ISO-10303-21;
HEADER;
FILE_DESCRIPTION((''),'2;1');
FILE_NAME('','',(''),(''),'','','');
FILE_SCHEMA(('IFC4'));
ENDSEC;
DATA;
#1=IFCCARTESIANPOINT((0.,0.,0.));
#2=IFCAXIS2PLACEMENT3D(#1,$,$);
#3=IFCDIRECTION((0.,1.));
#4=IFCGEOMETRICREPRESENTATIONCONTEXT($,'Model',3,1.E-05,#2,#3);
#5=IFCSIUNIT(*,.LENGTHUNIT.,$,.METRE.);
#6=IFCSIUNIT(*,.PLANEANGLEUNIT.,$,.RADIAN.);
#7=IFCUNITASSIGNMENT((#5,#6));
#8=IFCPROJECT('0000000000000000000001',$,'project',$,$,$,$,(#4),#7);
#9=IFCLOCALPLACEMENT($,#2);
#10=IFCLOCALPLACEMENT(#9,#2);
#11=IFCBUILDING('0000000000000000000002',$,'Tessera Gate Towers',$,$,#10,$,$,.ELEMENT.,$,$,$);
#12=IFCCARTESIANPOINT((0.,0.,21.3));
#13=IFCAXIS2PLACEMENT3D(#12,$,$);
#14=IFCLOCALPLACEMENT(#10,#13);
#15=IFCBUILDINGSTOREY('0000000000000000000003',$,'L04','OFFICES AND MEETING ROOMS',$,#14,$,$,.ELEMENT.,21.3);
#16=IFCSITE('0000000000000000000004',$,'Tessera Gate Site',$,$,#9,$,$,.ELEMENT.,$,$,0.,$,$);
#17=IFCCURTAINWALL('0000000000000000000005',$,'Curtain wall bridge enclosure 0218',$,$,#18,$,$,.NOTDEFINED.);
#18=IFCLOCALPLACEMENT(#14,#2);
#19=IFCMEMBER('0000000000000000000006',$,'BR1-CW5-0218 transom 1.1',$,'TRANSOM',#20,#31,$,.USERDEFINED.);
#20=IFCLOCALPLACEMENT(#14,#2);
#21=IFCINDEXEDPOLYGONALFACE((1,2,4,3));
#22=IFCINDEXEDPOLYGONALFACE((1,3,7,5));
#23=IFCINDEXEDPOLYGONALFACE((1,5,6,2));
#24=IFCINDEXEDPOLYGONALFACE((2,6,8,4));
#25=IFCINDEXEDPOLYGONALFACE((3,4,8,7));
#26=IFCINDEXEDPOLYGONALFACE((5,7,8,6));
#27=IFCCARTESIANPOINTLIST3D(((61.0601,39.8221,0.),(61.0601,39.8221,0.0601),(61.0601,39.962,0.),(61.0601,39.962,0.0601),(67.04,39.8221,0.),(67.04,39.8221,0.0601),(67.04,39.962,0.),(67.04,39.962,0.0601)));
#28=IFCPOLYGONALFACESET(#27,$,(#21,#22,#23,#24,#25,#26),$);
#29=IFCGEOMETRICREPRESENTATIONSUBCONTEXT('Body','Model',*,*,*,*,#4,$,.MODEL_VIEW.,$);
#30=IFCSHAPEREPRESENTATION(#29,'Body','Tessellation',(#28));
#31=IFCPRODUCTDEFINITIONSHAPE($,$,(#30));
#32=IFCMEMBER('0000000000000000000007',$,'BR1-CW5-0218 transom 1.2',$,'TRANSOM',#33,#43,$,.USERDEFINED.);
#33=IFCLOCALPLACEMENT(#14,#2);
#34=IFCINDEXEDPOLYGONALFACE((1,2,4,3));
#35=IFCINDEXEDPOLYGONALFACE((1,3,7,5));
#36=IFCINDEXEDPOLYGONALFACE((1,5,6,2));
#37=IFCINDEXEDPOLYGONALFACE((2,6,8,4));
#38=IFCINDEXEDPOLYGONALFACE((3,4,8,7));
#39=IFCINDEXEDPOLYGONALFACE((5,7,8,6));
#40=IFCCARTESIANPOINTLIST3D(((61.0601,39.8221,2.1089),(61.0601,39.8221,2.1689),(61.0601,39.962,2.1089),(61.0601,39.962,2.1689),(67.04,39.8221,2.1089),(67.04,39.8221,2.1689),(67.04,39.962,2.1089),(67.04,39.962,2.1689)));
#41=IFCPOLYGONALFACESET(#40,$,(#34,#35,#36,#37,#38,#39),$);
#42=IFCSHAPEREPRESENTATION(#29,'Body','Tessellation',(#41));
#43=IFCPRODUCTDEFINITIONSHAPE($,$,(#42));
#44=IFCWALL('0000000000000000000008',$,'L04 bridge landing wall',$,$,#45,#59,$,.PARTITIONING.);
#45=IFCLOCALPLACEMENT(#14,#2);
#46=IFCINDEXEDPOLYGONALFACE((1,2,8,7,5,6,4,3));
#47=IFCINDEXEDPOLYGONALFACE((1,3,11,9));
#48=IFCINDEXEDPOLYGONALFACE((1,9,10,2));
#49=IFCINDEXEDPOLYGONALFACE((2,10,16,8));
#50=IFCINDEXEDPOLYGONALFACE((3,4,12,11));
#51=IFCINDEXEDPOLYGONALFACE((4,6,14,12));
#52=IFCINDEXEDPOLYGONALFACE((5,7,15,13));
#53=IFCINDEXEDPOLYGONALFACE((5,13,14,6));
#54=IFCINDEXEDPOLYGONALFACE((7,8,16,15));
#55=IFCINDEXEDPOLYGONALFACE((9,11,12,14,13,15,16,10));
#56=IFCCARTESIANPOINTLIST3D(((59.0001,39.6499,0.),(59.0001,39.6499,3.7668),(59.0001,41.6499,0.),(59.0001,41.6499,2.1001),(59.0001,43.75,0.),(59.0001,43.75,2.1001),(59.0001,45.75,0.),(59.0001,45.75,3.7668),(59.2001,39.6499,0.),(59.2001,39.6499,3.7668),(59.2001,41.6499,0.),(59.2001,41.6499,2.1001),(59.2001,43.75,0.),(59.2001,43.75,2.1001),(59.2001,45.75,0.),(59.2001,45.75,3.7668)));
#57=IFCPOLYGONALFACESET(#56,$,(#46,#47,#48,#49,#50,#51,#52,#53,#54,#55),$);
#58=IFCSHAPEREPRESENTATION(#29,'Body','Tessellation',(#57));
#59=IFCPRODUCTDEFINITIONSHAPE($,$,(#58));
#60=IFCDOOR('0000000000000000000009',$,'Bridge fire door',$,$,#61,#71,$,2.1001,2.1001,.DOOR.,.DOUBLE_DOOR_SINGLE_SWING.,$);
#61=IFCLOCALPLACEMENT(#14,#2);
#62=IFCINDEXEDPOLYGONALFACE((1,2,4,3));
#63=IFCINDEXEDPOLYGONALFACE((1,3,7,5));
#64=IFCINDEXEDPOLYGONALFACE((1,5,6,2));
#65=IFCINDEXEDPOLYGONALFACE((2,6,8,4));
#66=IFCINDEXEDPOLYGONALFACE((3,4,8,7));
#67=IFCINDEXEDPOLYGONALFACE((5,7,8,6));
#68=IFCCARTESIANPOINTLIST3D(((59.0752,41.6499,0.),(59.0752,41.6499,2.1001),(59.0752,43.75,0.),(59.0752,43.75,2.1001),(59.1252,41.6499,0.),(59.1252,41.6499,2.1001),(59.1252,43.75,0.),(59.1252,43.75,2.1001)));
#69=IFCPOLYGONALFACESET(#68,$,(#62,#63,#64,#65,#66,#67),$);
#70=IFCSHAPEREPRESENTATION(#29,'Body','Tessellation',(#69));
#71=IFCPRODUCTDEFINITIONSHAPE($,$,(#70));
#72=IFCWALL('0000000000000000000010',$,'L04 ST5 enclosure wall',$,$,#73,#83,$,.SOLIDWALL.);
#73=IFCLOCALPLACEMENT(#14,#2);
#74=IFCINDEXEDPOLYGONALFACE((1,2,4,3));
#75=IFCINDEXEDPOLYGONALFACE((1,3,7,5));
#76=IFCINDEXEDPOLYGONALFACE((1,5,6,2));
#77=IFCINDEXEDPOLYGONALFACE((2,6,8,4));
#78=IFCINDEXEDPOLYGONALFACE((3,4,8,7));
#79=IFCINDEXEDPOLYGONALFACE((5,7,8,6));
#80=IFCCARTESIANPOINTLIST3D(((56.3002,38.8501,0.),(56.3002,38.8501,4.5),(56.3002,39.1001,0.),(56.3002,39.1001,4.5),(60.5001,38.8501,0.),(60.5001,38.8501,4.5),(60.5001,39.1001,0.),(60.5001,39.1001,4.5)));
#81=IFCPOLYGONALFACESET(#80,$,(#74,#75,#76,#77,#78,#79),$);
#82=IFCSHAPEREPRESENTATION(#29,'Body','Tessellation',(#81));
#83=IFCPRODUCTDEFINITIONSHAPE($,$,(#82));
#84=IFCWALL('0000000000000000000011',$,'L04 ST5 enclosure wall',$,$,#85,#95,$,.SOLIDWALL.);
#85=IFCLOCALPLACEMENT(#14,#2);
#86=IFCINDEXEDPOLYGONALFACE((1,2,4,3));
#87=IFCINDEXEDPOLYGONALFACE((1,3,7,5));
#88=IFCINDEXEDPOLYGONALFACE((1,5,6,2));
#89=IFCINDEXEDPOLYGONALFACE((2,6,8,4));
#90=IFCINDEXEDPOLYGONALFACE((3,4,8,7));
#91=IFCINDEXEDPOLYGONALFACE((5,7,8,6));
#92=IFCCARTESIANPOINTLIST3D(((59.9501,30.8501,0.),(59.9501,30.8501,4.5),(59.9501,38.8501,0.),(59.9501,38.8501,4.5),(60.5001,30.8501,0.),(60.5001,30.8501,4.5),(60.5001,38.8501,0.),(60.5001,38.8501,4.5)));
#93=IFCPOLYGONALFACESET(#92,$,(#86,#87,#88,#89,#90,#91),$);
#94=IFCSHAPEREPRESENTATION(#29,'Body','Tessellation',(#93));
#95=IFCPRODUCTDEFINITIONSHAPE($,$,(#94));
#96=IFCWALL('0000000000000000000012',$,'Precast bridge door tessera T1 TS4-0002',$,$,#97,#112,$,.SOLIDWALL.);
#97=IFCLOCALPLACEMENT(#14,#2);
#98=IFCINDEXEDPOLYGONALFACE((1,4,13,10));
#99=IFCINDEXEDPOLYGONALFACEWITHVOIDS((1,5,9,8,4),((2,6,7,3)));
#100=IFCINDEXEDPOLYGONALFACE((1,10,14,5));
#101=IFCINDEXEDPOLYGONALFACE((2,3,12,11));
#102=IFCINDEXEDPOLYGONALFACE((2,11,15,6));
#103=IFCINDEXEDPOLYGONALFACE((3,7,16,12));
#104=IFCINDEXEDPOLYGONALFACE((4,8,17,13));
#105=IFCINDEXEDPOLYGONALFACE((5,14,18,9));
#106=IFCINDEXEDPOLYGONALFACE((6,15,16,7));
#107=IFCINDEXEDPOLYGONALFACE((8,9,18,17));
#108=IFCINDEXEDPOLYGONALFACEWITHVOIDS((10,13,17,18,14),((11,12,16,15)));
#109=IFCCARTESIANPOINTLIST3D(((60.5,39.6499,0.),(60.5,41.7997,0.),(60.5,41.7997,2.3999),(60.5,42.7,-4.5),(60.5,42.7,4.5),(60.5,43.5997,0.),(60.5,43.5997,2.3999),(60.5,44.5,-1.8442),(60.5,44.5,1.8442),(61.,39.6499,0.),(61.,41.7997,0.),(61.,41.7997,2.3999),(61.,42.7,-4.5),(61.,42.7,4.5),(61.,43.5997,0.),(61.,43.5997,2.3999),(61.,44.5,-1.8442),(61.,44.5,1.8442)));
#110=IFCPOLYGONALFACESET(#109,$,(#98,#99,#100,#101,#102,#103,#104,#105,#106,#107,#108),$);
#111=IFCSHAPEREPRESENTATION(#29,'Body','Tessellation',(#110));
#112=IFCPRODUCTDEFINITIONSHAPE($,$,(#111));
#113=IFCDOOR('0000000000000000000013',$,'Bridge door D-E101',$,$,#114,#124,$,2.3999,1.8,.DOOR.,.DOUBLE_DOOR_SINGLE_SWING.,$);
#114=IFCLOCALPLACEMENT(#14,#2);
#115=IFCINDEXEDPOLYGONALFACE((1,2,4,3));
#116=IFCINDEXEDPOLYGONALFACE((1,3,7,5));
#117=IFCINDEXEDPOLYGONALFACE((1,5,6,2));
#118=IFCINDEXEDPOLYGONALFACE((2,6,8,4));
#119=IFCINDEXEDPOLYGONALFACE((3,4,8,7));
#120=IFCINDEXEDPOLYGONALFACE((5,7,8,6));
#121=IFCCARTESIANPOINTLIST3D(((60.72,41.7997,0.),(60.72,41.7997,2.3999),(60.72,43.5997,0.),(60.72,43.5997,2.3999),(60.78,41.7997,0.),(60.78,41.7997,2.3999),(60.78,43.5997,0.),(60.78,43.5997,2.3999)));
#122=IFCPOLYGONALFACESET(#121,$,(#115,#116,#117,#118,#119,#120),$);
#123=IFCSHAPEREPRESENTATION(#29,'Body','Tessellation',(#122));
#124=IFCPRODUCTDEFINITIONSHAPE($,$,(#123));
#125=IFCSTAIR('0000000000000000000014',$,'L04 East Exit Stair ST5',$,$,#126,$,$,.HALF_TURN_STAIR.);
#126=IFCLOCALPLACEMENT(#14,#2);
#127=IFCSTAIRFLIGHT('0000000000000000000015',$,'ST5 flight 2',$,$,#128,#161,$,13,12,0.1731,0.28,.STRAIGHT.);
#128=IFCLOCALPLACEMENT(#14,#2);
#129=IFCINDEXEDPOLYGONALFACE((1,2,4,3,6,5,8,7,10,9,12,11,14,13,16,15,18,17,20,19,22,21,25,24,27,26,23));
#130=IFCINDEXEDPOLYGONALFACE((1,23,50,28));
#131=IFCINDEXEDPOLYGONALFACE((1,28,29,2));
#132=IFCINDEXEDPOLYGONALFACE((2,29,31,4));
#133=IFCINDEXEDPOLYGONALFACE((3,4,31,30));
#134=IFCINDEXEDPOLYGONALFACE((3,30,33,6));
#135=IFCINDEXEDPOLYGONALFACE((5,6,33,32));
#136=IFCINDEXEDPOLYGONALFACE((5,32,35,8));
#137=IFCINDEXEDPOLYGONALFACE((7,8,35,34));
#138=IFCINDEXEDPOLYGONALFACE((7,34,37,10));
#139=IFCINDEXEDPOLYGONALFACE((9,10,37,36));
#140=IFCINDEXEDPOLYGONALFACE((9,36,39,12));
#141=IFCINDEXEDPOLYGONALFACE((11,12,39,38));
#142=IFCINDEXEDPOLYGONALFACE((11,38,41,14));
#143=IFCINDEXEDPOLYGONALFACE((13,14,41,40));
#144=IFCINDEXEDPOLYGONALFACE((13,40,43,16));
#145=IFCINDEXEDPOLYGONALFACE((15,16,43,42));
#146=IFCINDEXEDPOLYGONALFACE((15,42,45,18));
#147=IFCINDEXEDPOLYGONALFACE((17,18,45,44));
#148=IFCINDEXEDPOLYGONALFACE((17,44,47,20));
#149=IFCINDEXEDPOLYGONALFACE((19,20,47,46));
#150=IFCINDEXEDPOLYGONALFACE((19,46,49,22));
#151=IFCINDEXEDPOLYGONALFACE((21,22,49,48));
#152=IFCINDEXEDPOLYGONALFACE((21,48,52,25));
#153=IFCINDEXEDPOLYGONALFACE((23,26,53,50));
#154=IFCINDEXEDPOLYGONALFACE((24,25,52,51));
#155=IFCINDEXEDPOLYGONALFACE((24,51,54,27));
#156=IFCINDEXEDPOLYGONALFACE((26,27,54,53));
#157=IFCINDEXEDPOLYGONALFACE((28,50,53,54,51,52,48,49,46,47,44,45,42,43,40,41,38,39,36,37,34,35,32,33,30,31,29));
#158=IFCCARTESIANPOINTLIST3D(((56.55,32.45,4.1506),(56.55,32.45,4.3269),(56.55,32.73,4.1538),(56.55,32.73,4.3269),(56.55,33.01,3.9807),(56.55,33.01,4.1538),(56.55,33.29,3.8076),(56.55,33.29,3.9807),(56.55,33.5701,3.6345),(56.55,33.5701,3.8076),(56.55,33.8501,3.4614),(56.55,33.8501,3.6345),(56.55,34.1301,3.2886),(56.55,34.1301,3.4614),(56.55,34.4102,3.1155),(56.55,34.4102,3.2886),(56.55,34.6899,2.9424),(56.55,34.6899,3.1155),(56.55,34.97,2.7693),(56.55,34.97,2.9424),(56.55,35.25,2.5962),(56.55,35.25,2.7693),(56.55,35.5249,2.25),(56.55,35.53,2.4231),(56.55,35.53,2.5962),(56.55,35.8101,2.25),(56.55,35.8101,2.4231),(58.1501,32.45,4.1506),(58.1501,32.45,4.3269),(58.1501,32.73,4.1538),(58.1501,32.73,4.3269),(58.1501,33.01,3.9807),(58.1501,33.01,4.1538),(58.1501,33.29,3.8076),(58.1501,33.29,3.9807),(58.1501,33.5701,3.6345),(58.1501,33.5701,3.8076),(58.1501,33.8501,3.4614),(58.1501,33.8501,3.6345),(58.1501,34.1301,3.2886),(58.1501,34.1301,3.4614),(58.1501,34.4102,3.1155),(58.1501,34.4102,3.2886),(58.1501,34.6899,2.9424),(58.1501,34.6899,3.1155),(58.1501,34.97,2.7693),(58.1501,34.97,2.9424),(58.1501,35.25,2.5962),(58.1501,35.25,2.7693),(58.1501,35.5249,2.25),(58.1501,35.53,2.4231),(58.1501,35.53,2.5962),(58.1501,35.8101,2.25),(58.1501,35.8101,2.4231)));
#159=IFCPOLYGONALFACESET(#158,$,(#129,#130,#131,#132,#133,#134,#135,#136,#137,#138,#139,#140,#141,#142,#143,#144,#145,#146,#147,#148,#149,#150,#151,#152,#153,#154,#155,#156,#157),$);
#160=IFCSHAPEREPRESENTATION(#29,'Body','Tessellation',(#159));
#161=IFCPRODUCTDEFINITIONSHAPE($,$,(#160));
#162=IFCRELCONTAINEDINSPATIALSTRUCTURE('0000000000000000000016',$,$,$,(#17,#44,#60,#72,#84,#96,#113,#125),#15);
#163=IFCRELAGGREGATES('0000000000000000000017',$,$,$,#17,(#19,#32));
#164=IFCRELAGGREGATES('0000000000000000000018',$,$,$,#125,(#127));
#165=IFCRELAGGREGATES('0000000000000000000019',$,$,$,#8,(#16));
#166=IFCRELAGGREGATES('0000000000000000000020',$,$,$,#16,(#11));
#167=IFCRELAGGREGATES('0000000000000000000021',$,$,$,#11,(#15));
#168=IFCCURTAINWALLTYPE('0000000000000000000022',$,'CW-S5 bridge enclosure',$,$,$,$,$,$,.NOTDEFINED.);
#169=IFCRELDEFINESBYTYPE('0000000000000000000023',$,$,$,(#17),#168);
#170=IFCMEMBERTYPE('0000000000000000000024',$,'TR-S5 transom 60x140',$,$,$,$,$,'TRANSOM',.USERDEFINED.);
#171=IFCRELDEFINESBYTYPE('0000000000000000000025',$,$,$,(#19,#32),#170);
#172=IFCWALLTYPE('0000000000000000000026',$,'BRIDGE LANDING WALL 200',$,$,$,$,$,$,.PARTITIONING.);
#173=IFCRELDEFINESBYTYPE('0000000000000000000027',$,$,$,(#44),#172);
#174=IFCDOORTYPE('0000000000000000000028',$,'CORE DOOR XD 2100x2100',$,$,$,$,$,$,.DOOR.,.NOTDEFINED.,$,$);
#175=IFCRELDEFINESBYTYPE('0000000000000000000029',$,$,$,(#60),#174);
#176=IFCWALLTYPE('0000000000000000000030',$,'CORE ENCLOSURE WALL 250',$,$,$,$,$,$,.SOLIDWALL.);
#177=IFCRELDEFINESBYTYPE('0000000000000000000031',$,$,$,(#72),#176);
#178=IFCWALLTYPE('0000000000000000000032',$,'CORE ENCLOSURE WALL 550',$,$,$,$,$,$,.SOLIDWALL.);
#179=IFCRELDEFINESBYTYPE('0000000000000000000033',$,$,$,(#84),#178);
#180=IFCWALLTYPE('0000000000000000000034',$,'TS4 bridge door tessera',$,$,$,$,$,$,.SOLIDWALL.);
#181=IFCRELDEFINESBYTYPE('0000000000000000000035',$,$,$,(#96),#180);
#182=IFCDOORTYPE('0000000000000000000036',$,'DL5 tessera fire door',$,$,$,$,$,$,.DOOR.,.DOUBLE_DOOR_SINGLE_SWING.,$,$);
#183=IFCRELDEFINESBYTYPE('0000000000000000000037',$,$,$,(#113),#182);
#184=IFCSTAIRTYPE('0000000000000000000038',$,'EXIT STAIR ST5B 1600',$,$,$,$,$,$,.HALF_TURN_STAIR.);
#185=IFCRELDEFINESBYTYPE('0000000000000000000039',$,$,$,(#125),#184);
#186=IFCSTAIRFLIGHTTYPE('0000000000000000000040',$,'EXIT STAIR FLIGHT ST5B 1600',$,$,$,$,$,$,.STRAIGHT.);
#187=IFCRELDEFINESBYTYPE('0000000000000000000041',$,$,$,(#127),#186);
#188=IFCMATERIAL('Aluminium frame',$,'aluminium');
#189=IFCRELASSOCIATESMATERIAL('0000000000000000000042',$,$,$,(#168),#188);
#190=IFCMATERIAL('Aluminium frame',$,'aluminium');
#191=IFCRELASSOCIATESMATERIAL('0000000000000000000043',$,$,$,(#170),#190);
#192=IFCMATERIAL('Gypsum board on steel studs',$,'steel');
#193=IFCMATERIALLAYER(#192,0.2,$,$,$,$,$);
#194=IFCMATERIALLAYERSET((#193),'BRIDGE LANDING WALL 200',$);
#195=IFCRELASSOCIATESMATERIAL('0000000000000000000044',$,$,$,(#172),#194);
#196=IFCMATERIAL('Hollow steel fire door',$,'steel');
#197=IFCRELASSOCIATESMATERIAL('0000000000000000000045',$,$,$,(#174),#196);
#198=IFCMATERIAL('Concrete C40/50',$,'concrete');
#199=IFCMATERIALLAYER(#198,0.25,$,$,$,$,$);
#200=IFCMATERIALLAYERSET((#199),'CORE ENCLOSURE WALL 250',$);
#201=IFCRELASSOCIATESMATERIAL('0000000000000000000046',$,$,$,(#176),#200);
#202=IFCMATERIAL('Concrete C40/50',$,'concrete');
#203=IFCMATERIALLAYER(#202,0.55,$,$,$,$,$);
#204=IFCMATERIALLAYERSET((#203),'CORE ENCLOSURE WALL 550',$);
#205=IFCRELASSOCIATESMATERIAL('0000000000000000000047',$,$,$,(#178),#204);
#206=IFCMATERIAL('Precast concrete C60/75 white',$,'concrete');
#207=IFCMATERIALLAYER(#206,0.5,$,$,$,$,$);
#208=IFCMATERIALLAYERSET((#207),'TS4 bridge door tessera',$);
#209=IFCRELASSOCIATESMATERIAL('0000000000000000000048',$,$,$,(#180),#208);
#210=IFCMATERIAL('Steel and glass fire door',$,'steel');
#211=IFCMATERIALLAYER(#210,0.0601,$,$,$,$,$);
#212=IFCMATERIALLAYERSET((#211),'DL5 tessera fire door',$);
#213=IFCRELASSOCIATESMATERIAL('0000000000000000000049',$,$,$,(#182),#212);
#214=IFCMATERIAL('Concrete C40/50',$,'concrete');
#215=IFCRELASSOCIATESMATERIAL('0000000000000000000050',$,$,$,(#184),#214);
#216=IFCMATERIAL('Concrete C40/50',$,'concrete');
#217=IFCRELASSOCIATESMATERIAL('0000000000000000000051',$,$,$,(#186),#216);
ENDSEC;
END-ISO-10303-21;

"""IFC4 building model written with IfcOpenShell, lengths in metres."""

from ifc_helpers import new_model, si_unit, direction, frame, frame_2d, origin, origin_2d, place, context, subcontext, project, spatial, polyline, rectangle, outline, extrude, source, transform, mapped, material, layer, layer_set, material_profile, profile_set, type_object, element, fill, aggregate, save


model = new_model("IFC4")

# Units and contexts
model_context = context("Model", 3, precision=1e-05, world=origin(), true_north=direction((0.0, 1.0)))
body_context = subcontext(model_context, "Body", "Model", "MODEL_VIEW")
ifc_project = project(units=[si_unit("LENGTHUNIT", "METRE"), si_unit("PLANEANGLEUNIT", "RADIAN")], contexts=[model_context])

# Site, building, storey
site_placement = place(None, origin())
site = spatial("IfcSite", under=ifc_project, at=site_placement, Name="Tessera Gate Site", CompositionType="ELEMENT", RefElevation=0.0)
building_placement = place(site_placement, origin())
building = spatial("IfcBuilding", under=site, at=building_placement, Name="Tessera Gate Towers", CompositionType="ELEMENT")
storey_placement = place(building_placement, frame((0.0, 0.0, 21.3)))
storey = spatial("IfcBuildingStorey", under=building, at=storey_placement, Name="L04", Description="OFFICES AND MEETING ROOMS", CompositionType="ELEMENT", Elevation=21.3)

# Curtain wall, members
ifc_material_1 = material(Name="Aluminium frame", Category="aluminium")
curtain_wall_type = type_object("IfcCurtainWallType", Name="CW-S5 bridge enclosure", PredefinedType="NOTDEFINED", material=ifc_material_1)
curtain_wall_placement = place(storey_placement, origin())
curtain_wall = element("IfcCurtainWall", 1, at=curtain_wall_placement, inside=storey, type_object=curtain_wall_type, Name="Curtain wall bridge enclosure 0218", PredefinedType="NOTDEFINED")
ifc_material_2 = material(Name="Aluminium frame", Category="aluminium")
ifc_material_profile_1 = material_profile(ifc_material_2, rectangle(XDim=0.1399, YDim=0.0601, at=origin_2d()), Name="AL 60x140")
ifc_profile_set_1 = profile_set([ifc_material_profile_1], Name="Aluminium frame")
member_type_1 = type_object("IfcMemberType", Name="TR-S5 transom 60x140", ElementType="TRANSOM", PredefinedType="USERDEFINED", material=ifc_profile_set_1)
member_1_placement = place(storey_placement, frame((61.0601, 39.8921, 0.03), z_axis=(1.0, 0.0, 0.0), x_axis=(0.0, 1.0, 0.0)))
member_1 = element("IfcMember", 2, at=member_1_placement, type_object=member_type_1, Name="BR1-CW5-0218 transom 1.1", ObjectType="TRANSOM", PredefinedType="USERDEFINED", context=body_context, shape_type="SweptSolid", body=[
    extrude(rectangle(XDim=0.1399, YDim=0.0601, at=origin_2d()), origin(), (0.0, 0.0, 1.0), 5.98),
])
member_2_placement = place(storey_placement, frame((61.0601, 39.8921, 2.1389), z_axis=(1.0, 0.0, 0.0), x_axis=(0.0, 1.0, 0.0)))
member_2 = element("IfcMember", 3, at=member_2_placement, type_object=member_type_1, Name="BR1-CW5-0218 transom 1.2", ObjectType="TRANSOM", PredefinedType="USERDEFINED", context=body_context, shape_type="SweptSolid", body=[
    extrude(rectangle(XDim=0.1399, YDim=0.0601, at=origin_2d()), origin(), (0.0, 0.0, 1.0), 5.98),
])
aggregate(curtain_wall, [member_1, member_2])

# Wall, opening, door
ifc_material_3 = material(Name="Gypsum board on steel studs", Category="steel")
ifc_layer_1 = layer(ifc_material_3, 0.2)
ifc_layer_set_1 = layer_set([ifc_layer_1], Name="BRIDGE LANDING WALL 200")
wall_type_1 = type_object("IfcWallType", Name="BRIDGE LANDING WALL 200", PredefinedType="PARTITIONING", material=ifc_layer_set_1)
wall_1_placement = place(storey_placement, frame((59.1001, 39.6499, 0.0), z_axis=(0.0, 0.0, 1.0), x_axis=(0.0, 1.0, 0.0)))
wall_1 = element("IfcWall", 4, at=wall_1_placement, inside=storey, type_object=wall_type_1, Name="L04 bridge landing wall", PredefinedType="PARTITIONING", context=body_context, shape_type="SweptSolid", body=[
    extrude(rectangle(XDim=6.1001, YDim=0.2, at=frame_2d((3.05, 0.0))), origin(), (0.0, 0.0, 1.0), 3.7668),
])
shared_shape_1 = source(origin(), body_context, "Body", "SweptSolid", [
    extrude(rectangle(XDim=2.1001, YDim=2.1001, at=frame_2d((1.05, 1.05))), frame((0.0, 0.1099, 0.0), z_axis=(0.0, -1.0, 0.0), x_axis=(1.0, 0.0, 0.0)), (0.0, 0.0, 1.0), 0.22),
])
opening_1_placement = place(wall_1_placement, frame((2.0, 0.0, 0.0)))
opening_1 = element("IfcOpeningElement", 5, at=opening_1_placement, cuts=wall_1, PredefinedType="OPENING", context=body_context, shape_type="MappedRepresentation", body=[
    mapped(shared_shape_1, transform((0.0, 0.0, 0.0), scale=1.0)),
])
ifc_material_4 = material(Name="Hollow steel fire door", Category="steel")
door_type_1 = type_object("IfcDoorType", Name="CORE DOOR XD 2100x2100", OperationType="NOTDEFINED", PredefinedType="DOOR", material=ifc_material_4)
shared_shape_2 = source(origin(), body_context, "Body", "SweptSolid", [
    extrude(rectangle(XDim=2.1001, YDim=2.1001, at=frame_2d((1.05, 1.05))), frame((0.0, 0.0249, 0.0), z_axis=(0.0, -1.0, 0.0), x_axis=(1.0, 0.0, 0.0)), (0.0, 0.0, 1.0), 0.05),
])
door_1_placement = place(opening_1_placement, origin())
door_1 = element("IfcDoor", 6, at=door_1_placement, inside=storey, type_object=door_type_1, Name="Bridge fire door", OperationType="DOUBLE_DOOR_SINGLE_SWING", OverallHeight=2.1001, OverallWidth=2.1001, PredefinedType="DOOR", context=body_context, shape_type="MappedRepresentation", body=[
    mapped(shared_shape_2, transform((0.0, 0.0, 0.0), scale=1.0)),
])
fill(opening_1, door_1)

# Walls
ifc_material_5 = material(Name="Concrete C40/50", Category="concrete")
ifc_layer_2 = layer(ifc_material_5, 0.25)
ifc_layer_set_2 = layer_set([ifc_layer_2], Name="CORE ENCLOSURE WALL 250")
wall_type_2 = type_object("IfcWallType", Name="CORE ENCLOSURE WALL 250", PredefinedType="SOLIDWALL", material=ifc_layer_set_2)
wall_2_placement = place(storey_placement, frame((56.3, 38.9751, 0.0), z_axis=(0.0, 0.0, 1.0), x_axis=(1.0, 0.0, 0.0)))
element("IfcWall", 7, at=wall_2_placement, inside=storey, type_object=wall_type_2, Name="L04 ST5 enclosure wall", PredefinedType="SOLIDWALL", context=body_context, shape_type="SweptSolid", body=[
    extrude(rectangle(XDim=4.2, YDim=0.25, at=frame_2d((2.1001, 0.0))), origin(), (0.0, 0.0, 1.0), 4.5),
])
ifc_material_6 = material(Name="Concrete C40/50", Category="concrete")
ifc_layer_3 = layer(ifc_material_6, 0.55)
ifc_layer_set_3 = layer_set([ifc_layer_3], Name="CORE ENCLOSURE WALL 550")
wall_type_3 = type_object("IfcWallType", Name="CORE ENCLOSURE WALL 550", PredefinedType="SOLIDWALL", material=ifc_layer_set_3)
wall_3_placement = place(storey_placement, frame((60.2251, 38.8501, 0.0), z_axis=(0.0, 0.0, 1.0), x_axis=(0.0, -1.0, 0.0)))
element("IfcWall", 8, at=wall_3_placement, inside=storey, type_object=wall_type_3, Name="L04 ST5 enclosure wall", PredefinedType="SOLIDWALL", context=body_context, shape_type="SweptSolid", body=[
    extrude(rectangle(XDim=8.0, YDim=0.55, at=frame_2d((4.0, 0.0))), origin(), (0.0, 0.0, 1.0), 4.5),
])

# Wall, opening, door
ifc_material_7 = material(Name="Precast concrete C60/75 white", Category="concrete")
ifc_layer_4 = layer(ifc_material_7, 0.5)
ifc_layer_set_4 = layer_set([ifc_layer_4], Name="TS4 bridge door tessera")
wall_type_4 = type_object("IfcWallType", Name="TS4 bridge door tessera", PredefinedType="SOLIDWALL", material=ifc_layer_set_4)
shared_shape_3 = source(origin(), body_context, "Body", "SweptSolid", [
    extrude(outline(polyline([(3.05, 0.0), (4.8501, 2.6558), (4.8501, 6.3442), (3.05, 9.0), (0.0, 4.5), (3.05, 0.0)])), frame((0.0, 0.25, 0.0), z_axis=(0.0, -1.0, 0.0), x_axis=(1.0, 0.0, 0.0)), (0.0, 0.0, 1.0), 0.5),
])
wall_4_placement = place(storey_placement, frame((60.75, 39.6499, -4.5), z_axis=(0.0, 0.0, 1.0), x_axis=(0.0, 1.0, 0.0)))
wall_4 = element("IfcWall", 9, at=wall_4_placement, inside=storey, type_object=wall_type_4, Name="Precast bridge door tessera T1 TS4-0002", PredefinedType="SOLIDWALL", context=body_context, shape_type="MappedRepresentation", body=[
    mapped(shared_shape_3, transform((0.0, 0.0, 0.0), scale=1.0)),
])
shared_shape_4 = source(origin(), body_context, "Body", "SweptSolid", [
    extrude(rectangle(XDim=1.8, YDim=2.3999, at=frame_2d((0.8999, 1.2))), frame((0.0, 0.26, 0.0), z_axis=(0.0, -1.0, 0.0), x_axis=(1.0, 0.0, 0.0)), (0.0, 0.0, 1.0), 0.52),
])
opening_2_placement = place(wall_4_placement, frame((2.1499, 0.0, 4.5)))
opening_2 = element("IfcOpeningElement", 10, at=opening_2_placement, cuts=wall_4, PredefinedType="OPENING", context=body_context, shape_type="MappedRepresentation", body=[
    mapped(shared_shape_4, transform((0.0, 0.0, 0.0), scale=1.0)),
])
ifc_material_8 = material(Name="Steel and glass fire door", Category="steel")
ifc_layer_5 = layer(ifc_material_8, 0.0601)
ifc_layer_set_5 = layer_set([ifc_layer_5], Name="DL5 tessera fire door")
door_type_2 = type_object("IfcDoorType", Name="DL5 tessera fire door", OperationType="DOUBLE_DOOR_SINGLE_SWING", PredefinedType="DOOR", material=ifc_layer_set_5)
shared_shape_5 = source(origin(), body_context, "Body", "SweptSolid", [
    extrude(rectangle(XDim=1.8, YDim=2.3999, at=frame_2d((0.8999, 1.2))), frame((0.0, 0.03, 0.0), z_axis=(0.0, -1.0, 0.0), x_axis=(1.0, 0.0, 0.0)), (0.0, 0.0, 1.0), 0.0601),
])
door_2_placement = place(opening_2_placement, origin())
door_2 = element("IfcDoor", 11, at=door_2_placement, inside=storey, type_object=door_type_2, Name="Bridge door D-E101", OperationType="DOUBLE_DOOR_SINGLE_SWING", OverallHeight=2.3999, OverallWidth=1.8, PredefinedType="DOOR", context=body_context, shape_type="MappedRepresentation", body=[
    mapped(shared_shape_5, transform((0.0, 0.0, 0.0), scale=1.0)),
])
fill(opening_2, door_2)

# Stair, stair flight
ifc_material_9 = material(Name="Concrete C40/50", Category="concrete")
stair_type = type_object("IfcStairType", Name="EXIT STAIR ST5B 1600", PredefinedType="HALF_TURN_STAIR", material=ifc_material_9)
stair_placement = place(storey_placement, origin())
stair = element("IfcStair", 12, at=stair_placement, inside=storey, type_object=stair_type, Name="L04 East Exit Stair ST5", PredefinedType="HALF_TURN_STAIR")
ifc_material_10 = material(Name="Concrete C40/50", Category="concrete")
stair_flight_type = type_object("IfcStairFlightType", Name="EXIT STAIR FLIGHT ST5B 1600", PredefinedType="STRAIGHT", material=ifc_material_10)
stair_flight_placement = place(storey_placement, frame((57.3501, 35.8101, 2.25), z_axis=(0.0, 0.0, 1.0), x_axis=(0.0, -1.0, 0.0)))
stair_flight = element("IfcStairFlight", 13, at=stair_flight_placement, type_object=stair_flight_type, Name="ST5 flight 2", NumberOfRisers=13, NumberOfTreads=12, PredefinedType="STRAIGHT", RiserHeight=0.1731, TreadLength=0.28, context=body_context, shape_type="SweptSolid", body=[
    extrude(outline(polyline([(0.0, 0.0), (0.0, 0.1731), (0.28, 0.1731), (0.28, 0.3462), (0.5601, 0.3462), (0.5601, 0.5193), (0.8401, 0.5193), (0.8401, 0.6924), (1.1201, 0.6924), (1.1201, 0.8655), (1.3999, 0.8655), (1.3999, 1.0386), (1.6799, 1.0386), (1.6799, 1.2114), (1.96, 1.2114), (1.96, 1.3845), (2.24, 1.3845), (2.24, 1.5576), (2.52, 1.5576), (2.52, 1.7307), (2.8, 1.7307), (2.8, 1.9038), (3.0801, 1.9038), (3.0801, 2.0769), (3.3601, 2.0769), (3.3601, 2.25), (3.3601, 1.9006), (0.2852, 0.0), (0.0, 0.0)])), frame((0.0, 0.8, 0.0), z_axis=(0.0, -1.0, 0.0), x_axis=(1.0, 0.0, 0.0)), (0.0, 0.0, 1.0), 1.6001),
])
aggregate(stair, [stair_flight])

save(model, "model.ifc")
